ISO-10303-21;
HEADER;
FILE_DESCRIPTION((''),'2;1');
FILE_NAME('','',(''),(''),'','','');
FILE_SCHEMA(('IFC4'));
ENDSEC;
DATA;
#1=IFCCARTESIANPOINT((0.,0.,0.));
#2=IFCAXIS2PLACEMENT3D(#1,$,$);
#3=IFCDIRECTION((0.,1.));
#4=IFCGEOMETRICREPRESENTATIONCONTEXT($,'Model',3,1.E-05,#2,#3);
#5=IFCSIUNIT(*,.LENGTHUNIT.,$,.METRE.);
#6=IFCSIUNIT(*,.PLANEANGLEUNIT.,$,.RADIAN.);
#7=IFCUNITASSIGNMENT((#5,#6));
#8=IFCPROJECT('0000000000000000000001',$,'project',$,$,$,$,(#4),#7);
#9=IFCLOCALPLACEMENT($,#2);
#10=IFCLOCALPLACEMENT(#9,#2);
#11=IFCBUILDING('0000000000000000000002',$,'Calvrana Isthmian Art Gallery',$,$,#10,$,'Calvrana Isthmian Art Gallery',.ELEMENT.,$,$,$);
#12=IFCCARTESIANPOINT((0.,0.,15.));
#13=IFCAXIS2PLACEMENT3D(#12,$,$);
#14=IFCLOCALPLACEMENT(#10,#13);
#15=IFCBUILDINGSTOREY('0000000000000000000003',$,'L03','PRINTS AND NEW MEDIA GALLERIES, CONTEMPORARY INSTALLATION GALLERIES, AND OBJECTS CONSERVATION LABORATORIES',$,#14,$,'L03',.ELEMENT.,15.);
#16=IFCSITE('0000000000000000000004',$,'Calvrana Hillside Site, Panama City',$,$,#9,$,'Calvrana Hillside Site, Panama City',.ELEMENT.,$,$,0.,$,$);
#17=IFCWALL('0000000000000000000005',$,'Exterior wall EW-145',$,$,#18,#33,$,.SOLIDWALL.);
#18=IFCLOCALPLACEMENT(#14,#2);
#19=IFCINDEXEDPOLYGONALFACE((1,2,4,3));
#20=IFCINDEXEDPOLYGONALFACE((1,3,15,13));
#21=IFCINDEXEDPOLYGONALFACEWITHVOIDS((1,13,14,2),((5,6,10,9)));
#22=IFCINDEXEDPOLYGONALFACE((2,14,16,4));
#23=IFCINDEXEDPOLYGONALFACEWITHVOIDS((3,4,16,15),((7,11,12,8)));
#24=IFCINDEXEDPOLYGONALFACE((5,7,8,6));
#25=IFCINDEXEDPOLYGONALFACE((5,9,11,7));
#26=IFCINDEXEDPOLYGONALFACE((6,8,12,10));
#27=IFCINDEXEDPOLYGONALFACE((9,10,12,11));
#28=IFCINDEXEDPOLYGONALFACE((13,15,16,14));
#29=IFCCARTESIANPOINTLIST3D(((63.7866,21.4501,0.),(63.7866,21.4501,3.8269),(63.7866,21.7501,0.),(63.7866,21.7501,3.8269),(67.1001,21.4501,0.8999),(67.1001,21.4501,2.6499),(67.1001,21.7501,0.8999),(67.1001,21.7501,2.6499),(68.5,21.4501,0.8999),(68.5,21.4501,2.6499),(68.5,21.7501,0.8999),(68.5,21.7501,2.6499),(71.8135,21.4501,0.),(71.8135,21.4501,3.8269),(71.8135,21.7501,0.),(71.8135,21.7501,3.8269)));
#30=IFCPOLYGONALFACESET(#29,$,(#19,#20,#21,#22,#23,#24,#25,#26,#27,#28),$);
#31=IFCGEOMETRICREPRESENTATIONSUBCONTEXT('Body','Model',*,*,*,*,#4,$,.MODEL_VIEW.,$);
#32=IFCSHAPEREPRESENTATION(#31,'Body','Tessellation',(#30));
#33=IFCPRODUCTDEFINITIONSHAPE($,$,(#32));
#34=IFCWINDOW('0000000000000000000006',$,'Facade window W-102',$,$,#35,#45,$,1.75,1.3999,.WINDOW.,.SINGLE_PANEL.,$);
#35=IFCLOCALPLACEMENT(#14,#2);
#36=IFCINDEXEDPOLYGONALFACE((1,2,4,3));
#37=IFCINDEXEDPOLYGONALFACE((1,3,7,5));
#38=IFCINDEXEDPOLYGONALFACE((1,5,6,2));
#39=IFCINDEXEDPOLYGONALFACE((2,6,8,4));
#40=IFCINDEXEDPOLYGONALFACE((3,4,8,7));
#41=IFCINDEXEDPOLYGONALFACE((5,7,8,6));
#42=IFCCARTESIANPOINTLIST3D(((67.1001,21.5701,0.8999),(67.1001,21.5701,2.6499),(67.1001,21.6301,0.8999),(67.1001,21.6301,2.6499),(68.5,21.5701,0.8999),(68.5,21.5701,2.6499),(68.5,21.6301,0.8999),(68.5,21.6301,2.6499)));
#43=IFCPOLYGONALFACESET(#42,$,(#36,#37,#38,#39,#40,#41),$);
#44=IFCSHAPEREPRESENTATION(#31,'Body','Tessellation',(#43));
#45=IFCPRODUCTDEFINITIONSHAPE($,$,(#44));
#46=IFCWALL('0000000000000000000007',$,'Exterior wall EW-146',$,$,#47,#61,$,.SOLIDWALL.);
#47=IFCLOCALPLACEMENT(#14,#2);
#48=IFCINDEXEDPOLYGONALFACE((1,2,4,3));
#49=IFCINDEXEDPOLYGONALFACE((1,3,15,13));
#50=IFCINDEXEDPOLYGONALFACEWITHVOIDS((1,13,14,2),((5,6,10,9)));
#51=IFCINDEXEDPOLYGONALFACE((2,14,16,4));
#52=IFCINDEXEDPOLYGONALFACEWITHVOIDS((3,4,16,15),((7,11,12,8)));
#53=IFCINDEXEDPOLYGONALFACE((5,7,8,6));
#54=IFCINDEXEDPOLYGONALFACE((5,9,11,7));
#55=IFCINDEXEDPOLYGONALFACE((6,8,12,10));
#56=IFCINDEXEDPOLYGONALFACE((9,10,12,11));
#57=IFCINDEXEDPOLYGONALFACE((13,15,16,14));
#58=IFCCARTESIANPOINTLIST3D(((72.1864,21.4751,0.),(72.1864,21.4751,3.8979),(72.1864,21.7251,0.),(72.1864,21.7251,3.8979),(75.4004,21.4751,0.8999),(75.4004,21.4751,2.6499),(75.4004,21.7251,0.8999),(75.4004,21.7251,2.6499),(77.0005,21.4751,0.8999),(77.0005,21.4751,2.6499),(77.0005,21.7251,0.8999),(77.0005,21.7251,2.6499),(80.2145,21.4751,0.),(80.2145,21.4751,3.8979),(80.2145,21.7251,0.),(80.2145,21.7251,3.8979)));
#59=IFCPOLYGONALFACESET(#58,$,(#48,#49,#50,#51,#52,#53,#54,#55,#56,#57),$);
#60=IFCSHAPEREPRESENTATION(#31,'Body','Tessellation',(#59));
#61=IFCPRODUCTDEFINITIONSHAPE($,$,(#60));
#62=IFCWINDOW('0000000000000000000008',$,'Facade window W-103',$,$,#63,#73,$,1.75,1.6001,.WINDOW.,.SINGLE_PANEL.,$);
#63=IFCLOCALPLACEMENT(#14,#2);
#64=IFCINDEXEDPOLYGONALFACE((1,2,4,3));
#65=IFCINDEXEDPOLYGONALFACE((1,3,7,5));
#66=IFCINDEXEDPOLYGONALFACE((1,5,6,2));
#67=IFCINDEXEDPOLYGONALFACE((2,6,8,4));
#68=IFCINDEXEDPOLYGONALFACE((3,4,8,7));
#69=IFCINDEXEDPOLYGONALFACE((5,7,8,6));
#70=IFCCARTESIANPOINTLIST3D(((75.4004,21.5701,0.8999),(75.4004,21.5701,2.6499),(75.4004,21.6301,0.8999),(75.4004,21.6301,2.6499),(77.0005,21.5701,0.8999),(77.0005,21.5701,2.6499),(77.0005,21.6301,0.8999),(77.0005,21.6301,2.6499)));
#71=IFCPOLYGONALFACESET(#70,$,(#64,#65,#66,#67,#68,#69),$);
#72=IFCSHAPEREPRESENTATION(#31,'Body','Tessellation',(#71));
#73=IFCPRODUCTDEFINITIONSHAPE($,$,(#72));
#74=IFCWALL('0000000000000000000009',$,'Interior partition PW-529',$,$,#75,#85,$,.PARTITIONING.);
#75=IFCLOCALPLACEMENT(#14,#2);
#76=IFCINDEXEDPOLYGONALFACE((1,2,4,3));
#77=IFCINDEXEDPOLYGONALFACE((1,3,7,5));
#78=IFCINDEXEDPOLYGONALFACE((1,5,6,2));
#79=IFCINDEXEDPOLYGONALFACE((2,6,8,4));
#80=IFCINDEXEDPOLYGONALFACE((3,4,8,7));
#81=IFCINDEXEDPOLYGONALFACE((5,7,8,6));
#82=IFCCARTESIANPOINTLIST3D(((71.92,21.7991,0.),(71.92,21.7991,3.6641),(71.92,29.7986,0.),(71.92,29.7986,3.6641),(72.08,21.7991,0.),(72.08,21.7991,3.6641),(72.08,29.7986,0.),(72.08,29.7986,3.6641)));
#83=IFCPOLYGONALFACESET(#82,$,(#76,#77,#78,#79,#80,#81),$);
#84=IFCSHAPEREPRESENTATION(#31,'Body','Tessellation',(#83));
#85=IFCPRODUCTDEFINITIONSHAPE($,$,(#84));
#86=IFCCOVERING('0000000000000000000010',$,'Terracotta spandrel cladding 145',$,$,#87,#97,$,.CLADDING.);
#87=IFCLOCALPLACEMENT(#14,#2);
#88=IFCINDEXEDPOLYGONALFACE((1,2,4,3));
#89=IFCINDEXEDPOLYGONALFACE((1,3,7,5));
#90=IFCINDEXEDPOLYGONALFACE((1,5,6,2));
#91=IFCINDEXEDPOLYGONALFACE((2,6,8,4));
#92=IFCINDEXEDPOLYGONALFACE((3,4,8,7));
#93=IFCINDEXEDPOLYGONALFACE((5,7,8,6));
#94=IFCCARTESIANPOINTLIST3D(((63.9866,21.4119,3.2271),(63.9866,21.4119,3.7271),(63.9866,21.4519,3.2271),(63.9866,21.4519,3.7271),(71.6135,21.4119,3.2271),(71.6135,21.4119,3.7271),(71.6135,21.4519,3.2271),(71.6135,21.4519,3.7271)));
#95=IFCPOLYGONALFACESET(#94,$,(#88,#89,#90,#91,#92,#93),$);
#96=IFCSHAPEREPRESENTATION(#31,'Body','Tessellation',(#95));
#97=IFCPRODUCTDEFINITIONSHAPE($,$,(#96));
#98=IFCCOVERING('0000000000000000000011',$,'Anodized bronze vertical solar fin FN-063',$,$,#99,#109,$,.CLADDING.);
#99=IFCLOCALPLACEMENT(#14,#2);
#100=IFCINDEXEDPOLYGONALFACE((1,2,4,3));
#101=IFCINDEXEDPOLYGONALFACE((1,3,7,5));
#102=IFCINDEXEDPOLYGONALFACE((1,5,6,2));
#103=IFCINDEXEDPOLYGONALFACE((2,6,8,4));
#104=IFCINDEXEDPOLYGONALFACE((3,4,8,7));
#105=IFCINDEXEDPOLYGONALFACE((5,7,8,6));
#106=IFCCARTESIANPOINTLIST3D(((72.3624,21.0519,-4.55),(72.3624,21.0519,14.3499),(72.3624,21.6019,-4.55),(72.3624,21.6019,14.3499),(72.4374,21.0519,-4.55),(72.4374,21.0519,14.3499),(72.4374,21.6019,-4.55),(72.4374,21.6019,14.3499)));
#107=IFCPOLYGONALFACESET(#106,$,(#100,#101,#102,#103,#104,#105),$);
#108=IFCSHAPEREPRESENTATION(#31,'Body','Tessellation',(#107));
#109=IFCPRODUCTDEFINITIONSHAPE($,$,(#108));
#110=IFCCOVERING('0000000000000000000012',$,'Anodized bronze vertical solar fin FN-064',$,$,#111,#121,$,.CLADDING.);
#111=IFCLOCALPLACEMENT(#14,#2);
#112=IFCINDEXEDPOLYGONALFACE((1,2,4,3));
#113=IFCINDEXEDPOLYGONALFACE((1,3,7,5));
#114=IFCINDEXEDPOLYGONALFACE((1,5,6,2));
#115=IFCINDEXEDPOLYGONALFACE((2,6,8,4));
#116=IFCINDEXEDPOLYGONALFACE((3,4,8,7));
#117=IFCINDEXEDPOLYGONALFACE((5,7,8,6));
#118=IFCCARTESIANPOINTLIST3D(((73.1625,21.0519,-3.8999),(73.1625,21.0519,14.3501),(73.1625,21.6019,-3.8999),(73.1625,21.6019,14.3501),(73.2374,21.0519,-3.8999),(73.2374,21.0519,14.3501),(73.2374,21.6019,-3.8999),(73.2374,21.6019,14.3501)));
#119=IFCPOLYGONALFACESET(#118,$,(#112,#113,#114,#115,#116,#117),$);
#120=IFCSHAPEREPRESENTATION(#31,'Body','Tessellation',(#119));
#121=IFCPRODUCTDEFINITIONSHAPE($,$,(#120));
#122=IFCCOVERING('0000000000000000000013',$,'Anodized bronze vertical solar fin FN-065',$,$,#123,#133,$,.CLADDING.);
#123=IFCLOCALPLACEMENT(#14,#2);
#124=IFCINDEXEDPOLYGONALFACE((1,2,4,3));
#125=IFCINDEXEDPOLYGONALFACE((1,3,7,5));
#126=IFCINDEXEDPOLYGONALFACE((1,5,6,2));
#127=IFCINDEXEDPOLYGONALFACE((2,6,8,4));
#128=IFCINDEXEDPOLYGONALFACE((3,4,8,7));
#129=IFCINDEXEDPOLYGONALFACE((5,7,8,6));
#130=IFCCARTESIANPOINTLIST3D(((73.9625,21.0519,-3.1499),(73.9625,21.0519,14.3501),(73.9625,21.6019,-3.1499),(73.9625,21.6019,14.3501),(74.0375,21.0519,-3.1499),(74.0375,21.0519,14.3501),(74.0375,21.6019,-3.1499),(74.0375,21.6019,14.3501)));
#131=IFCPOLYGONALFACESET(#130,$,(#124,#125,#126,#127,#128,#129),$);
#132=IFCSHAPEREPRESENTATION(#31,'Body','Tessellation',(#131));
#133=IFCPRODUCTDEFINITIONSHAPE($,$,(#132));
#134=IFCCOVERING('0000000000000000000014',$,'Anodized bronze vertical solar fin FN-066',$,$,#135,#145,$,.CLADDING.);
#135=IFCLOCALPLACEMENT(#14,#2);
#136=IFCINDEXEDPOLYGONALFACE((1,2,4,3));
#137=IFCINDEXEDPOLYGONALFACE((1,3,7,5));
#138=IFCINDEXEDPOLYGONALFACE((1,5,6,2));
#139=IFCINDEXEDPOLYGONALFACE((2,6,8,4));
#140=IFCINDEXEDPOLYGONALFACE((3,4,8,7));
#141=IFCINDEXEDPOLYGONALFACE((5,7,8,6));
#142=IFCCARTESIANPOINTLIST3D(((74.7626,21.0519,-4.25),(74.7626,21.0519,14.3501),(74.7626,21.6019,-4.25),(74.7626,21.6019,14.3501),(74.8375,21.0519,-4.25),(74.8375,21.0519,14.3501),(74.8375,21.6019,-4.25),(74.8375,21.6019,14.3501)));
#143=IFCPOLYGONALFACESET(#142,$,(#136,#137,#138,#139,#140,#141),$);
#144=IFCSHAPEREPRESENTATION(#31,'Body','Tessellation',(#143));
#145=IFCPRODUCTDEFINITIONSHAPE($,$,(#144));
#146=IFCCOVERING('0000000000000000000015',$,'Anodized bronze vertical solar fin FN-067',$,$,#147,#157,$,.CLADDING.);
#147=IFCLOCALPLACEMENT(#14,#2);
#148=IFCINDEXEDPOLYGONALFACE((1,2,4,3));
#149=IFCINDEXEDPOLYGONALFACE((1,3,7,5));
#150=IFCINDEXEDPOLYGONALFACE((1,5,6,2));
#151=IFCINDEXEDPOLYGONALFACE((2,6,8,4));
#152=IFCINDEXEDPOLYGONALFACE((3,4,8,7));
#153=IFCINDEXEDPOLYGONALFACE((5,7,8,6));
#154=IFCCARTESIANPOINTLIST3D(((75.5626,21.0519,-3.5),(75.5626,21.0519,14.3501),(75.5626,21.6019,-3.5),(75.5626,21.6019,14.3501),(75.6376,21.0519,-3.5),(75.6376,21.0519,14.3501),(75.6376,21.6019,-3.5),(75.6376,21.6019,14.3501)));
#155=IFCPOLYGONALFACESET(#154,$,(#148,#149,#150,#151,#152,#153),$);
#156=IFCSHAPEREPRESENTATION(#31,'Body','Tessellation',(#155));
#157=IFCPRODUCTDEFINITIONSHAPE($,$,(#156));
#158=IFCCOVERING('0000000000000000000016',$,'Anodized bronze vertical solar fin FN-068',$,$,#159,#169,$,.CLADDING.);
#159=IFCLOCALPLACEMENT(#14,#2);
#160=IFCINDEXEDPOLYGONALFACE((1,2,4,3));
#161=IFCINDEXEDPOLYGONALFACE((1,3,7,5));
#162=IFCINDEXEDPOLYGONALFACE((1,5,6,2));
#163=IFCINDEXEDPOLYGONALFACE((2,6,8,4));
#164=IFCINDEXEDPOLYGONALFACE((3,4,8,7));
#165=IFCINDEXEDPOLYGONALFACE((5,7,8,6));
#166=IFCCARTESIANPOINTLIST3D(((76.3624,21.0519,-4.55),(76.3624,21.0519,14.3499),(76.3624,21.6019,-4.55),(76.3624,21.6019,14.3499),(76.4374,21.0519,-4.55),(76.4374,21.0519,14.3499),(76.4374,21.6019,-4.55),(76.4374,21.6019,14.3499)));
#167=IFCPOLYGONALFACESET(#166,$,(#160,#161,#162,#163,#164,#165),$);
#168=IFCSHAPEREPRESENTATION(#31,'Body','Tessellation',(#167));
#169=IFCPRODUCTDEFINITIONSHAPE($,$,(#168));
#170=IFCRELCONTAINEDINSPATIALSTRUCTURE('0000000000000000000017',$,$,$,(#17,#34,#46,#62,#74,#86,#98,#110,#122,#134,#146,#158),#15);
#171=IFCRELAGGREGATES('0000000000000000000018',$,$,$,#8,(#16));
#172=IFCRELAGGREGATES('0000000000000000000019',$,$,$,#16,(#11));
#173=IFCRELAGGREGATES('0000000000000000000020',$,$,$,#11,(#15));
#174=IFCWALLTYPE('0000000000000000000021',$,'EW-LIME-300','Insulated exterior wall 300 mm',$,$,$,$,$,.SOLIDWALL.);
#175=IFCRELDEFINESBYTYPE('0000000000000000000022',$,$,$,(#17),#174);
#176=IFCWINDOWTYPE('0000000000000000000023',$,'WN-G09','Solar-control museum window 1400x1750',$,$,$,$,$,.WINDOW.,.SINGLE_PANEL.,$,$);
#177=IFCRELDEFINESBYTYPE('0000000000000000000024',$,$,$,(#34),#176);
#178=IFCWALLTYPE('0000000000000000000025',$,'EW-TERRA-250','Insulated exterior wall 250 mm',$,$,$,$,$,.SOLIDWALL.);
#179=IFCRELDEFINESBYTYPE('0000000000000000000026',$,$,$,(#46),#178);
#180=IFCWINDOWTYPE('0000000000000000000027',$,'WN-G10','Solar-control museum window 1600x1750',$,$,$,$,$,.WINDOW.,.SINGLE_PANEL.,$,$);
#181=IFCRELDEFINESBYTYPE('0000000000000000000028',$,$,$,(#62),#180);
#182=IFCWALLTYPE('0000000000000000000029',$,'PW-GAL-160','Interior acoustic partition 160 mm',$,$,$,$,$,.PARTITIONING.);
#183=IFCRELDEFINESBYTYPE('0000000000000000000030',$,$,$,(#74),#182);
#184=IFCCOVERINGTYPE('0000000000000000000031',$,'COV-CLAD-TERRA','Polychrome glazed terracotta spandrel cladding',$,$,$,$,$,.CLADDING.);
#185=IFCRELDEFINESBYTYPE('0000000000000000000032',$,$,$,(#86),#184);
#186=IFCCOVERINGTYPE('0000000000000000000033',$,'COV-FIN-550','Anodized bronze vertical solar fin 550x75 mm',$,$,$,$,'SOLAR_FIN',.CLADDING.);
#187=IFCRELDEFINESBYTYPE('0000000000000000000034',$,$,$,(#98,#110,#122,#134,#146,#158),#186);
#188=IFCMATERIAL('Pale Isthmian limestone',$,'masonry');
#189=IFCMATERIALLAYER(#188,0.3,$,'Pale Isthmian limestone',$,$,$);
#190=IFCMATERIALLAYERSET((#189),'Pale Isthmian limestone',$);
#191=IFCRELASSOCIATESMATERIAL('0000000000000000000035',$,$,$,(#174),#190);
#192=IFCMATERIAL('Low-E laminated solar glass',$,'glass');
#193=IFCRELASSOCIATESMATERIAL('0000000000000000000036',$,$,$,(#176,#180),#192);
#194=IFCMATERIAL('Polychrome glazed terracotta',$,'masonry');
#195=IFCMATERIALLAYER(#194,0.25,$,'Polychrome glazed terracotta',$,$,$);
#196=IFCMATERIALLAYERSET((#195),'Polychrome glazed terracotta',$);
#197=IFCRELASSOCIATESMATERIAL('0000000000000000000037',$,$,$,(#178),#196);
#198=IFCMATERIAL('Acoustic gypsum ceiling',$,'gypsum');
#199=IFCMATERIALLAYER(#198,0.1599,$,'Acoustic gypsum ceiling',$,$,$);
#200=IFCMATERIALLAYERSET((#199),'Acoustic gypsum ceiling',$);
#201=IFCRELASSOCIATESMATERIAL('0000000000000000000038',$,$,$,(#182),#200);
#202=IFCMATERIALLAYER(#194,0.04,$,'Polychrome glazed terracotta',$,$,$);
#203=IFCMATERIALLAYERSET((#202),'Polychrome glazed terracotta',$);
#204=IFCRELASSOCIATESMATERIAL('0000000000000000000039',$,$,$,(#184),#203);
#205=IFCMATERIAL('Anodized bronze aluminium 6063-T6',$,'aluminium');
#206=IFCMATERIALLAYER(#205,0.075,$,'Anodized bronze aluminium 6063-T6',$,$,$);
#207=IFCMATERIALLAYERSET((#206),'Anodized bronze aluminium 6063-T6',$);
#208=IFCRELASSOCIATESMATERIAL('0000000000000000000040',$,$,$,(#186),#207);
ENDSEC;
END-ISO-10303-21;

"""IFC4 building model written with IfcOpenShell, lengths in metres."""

from ifc_helpers import new_model, si_unit, direction, frame, frame_2d, origin, origin_2d, place, context, subcontext, project, spatial, rectangle, extrude, material, layer, layer_set, type_object, element, fill, save


model = new_model("IFC4")

# Units and contexts
model_context = context("Model", 3, precision=1e-05, world=origin(), true_north=direction((0.0, 1.0)))
body_context = subcontext(model_context, "Body", "Model", "MODEL_VIEW")
ifc_project = project(units=[si_unit("LENGTHUNIT", "METRE"), si_unit("PLANEANGLEUNIT", "RADIAN")], contexts=[model_context])

# Site, building, storey
site_placement = place(None, origin())
site = spatial("IfcSite", under=ifc_project, at=site_placement, Name="Calvrana Hillside Site, Panama City", LongName="Calvrana Hillside Site, Panama City", CompositionType="ELEMENT", RefElevation=0.0)
building_placement = place(site_placement, origin())
building = spatial("IfcBuilding", under=site, at=building_placement, Name="Calvrana Isthmian Art Gallery", LongName="Calvrana Isthmian Art Gallery", CompositionType="ELEMENT")
storey_placement = place(building_placement, frame((0.0, 0.0, 15.0)))
storey = spatial("IfcBuildingStorey", under=building, at=storey_placement, Name="L03", Description="PRINTS AND NEW MEDIA GALLERIES, CONTEMPORARY INSTALLATION GALLERIES, AND OBJECTS CONSERVATION LABORATORIES", LongName="L03", CompositionType="ELEMENT", Elevation=15.0)

# Walls, openings, windows
ifc_material_1 = material(Name="Pale Isthmian limestone", Category="masonry")
ifc_layer_1 = layer(ifc_material_1, 0.3, Name="Pale Isthmian limestone")
ifc_layer_set_1 = layer_set([ifc_layer_1], Name="Pale Isthmian limestone")
wall_type_1 = type_object("IfcWallType", Name="EW-LIME-300", Description="Insulated exterior wall 300 mm", PredefinedType="SOLIDWALL", material=ifc_layer_set_1)
wall_1_placement = place(storey_placement, frame((71.8135, 21.6001, 0.0), z_axis=(0.0, 0.0, 1.0), x_axis=(-1.0, 0.0, 0.0)))
wall_1 = element("IfcWall", 1, at=wall_1_placement, inside=storey, type_object=wall_type_1, Name="Exterior wall EW-145", PredefinedType="SOLIDWALL", context=body_context, shape_type="SweptSolid", body=[
    extrude(rectangle(XDim=8.0269, YDim=0.3, at=frame_2d((4.0134, 0.0))), origin(), (0.0, 0.0, 1.0), 3.8269),
])
opening_1_placement = place(wall_1_placement, frame((3.3135, 0.0, 0.8999)))
opening_1 = element("IfcOpeningElement", 2, at=opening_1_placement, cuts=wall_1, PredefinedType="OPENING", context=body_context, shape_type="SweptSolid", body=[
    extrude(rectangle(XDim=1.3999, YDim=1.75, at=frame_2d((0.7, 0.875))), frame((0.0, 0.1602, 0.0), z_axis=(0.0, -1.0, 0.0), x_axis=(1.0, 0.0, 0.0)), (0.0, 0.0, 1.0), 0.3206),
])
ifc_material_2 = material(Name="Low-E laminated solar glass", Category="glass")
window_type_1 = type_object("IfcWindowType", Name="WN-G09", Description="Solar-control museum window 1400x1750", PartitioningType="SINGLE_PANEL", PredefinedType="WINDOW", material=ifc_material_2)
window_1_placement = place(opening_1_placement, origin())
window_1 = element("IfcWindow", 3, at=window_1_placement, inside=storey, type_object=window_type_1, Name="Facade window W-102", OverallHeight=1.75, OverallWidth=1.3999, PartitioningType="SINGLE_PANEL", PredefinedType="WINDOW", context=body_context, shape_type="SweptSolid", body=[
    extrude(rectangle(XDim=1.3999, YDim=1.75, at=frame_2d((0.7, 0.875))), frame((0.0, 0.03, 0.0), z_axis=(0.0, -1.0, 0.0), x_axis=(1.0, 0.0, 0.0)), (0.0, 0.0, 1.0), 0.0601),
])
fill(opening_1, window_1)
ifc_material_3 = material(Name="Polychrome glazed terracotta", Category="masonry")
ifc_layer_2 = layer(ifc_material_3, 0.25, Name="Polychrome glazed terracotta")
ifc_layer_set_2 = layer_set([ifc_layer_2], Name="Polychrome glazed terracotta")
wall_type_2 = type_object("IfcWallType", Name="EW-TERRA-250", Description="Insulated exterior wall 250 mm", PredefinedType="SOLIDWALL", material=ifc_layer_set_2)
wall_2_placement = place(storey_placement, frame((80.2146, 21.6001, 0.0), z_axis=(0.0, 0.0, 1.0), x_axis=(-1.0, 0.0, 0.0)))
wall_2 = element("IfcWall", 4, at=wall_2_placement, inside=storey, type_object=wall_type_2, Name="Exterior wall EW-146", PredefinedType="SOLIDWALL", context=body_context, shape_type="SweptSolid", body=[
    extrude(rectangle(XDim=8.0281, YDim=0.25, at=frame_2d((4.0142, 0.0))), origin(), (0.0, 0.0, 1.0), 3.8979),
])
opening_2_placement = place(wall_2_placement, frame((3.2141, 0.0, 0.8999)))
opening_2 = element("IfcOpeningElement", 5, at=opening_2_placement, cuts=wall_2, PredefinedType="OPENING", context=body_context, shape_type="SweptSolid", body=[
    extrude(rectangle(XDim=1.6001, YDim=1.75, at=frame_2d((0.8, 0.875))), frame((0.0, 0.1353, 0.0), z_axis=(0.0, -1.0, 0.0), x_axis=(1.0, 0.0, 0.0)), (0.0, 0.0, 1.0), 0.2705),
])
window_type_2 = type_object("IfcWindowType", Name="WN-G10", Description="Solar-control museum window 1600x1750", PartitioningType="SINGLE_PANEL", PredefinedType="WINDOW", material=ifc_material_2)
window_2_placement = place(opening_2_placement, origin())
window_2 = element("IfcWindow", 6, at=window_2_placement, inside=storey, type_object=window_type_2, Name="Facade window W-103", OverallHeight=1.75, OverallWidth=1.6001, PartitioningType="SINGLE_PANEL", PredefinedType="WINDOW", context=body_context, shape_type="SweptSolid", body=[
    extrude(rectangle(XDim=1.6001, YDim=1.75, at=frame_2d((0.8, 0.875))), frame((0.0, 0.03, 0.0), z_axis=(0.0, -1.0, 0.0), x_axis=(1.0, 0.0, 0.0)), (0.0, 0.0, 1.0), 0.0601),
])
fill(opening_2, window_2)

# Wall
ifc_material_4 = material(Name="Acoustic gypsum ceiling", Category="gypsum")
ifc_layer_3 = layer(ifc_material_4, 0.1599, Name="Acoustic gypsum ceiling")
ifc_layer_set_3 = layer_set([ifc_layer_3], Name="Acoustic gypsum ceiling")
wall_type_3 = type_object("IfcWallType", Name="PW-GAL-160", Description="Interior acoustic partition 160 mm", PredefinedType="PARTITIONING", material=ifc_layer_set_3)
wall_3_placement = place(storey_placement, frame((72.0, 21.7991, 0.0), z_axis=(0.0, 0.0, 1.0), x_axis=(0.0, 1.0, 0.0)))
element("IfcWall", 7, at=wall_3_placement, inside=storey, type_object=wall_type_3, Name="Interior partition PW-529", PredefinedType="PARTITIONING", context=body_context, shape_type="SweptSolid", body=[
    extrude(rectangle(XDim=7.9995, YDim=0.1599, at=frame_2d((3.9998, 0.0))), origin(), (0.0, 0.0, 1.0), 3.6641),
])

# Coverings
ifc_layer_4 = layer(ifc_material_3, 0.04, Name="Polychrome glazed terracotta")
ifc_layer_set_4 = layer_set([ifc_layer_4], Name="Polychrome glazed terracotta")
covering_type_1 = type_object("IfcCoveringType", Name="COV-CLAD-TERRA", Description="Polychrome glazed terracotta spandrel cladding", PredefinedType="CLADDING", material=ifc_layer_set_4)
covering_1_placement = place(storey_placement, frame((67.8, 21.4319, 3.2271), z_axis=(0.0, 0.0, 1.0), x_axis=(-1.0, 0.0, 0.0)))
element("IfcCovering", 8, at=covering_1_placement, inside=storey, type_object=covering_type_1, Name="Terracotta spandrel cladding 145", PredefinedType="CLADDING", context=body_context, shape_type="SweptSolid", body=[
    extrude(rectangle(XDim=7.627, YDim=0.04, at=origin_2d()), origin(), (0.0, 0.0, 1.0), 0.5),
])
ifc_material_5 = material(Name="Anodized bronze aluminium 6063-T6", Category="aluminium")
ifc_layer_5 = layer(ifc_material_5, 0.075, Name="Anodized bronze aluminium 6063-T6")
ifc_layer_set_5 = layer_set([ifc_layer_5], Name="Anodized bronze aluminium 6063-T6")
covering_type_2 = type_object("IfcCoveringType", Name="COV-FIN-550", Description="Anodized bronze vertical solar fin 550x75 mm", ElementType="SOLAR_FIN", PredefinedType="CLADDING", material=ifc_layer_set_5)
covering_2_placement = place(storey_placement, frame((72.3999, 21.3269, -4.55), z_axis=(0.0, 0.0, 1.0), x_axis=(1.0, 0.0, 0.0)))
element("IfcCovering", 9, at=covering_2_placement, inside=storey, type_object=covering_type_2, Name="Anodized bronze vertical solar fin FN-063", PredefinedType="CLADDING", context=body_context, shape_type="SweptSolid", body=[
    extrude(rectangle(XDim=0.075, YDim=0.55, at=origin_2d()), origin(), (0.0, 0.0, 1.0), 18.8999),
])
covering_3_placement = place(storey_placement, frame((73.2, 21.3269, -3.8999), z_axis=(0.0, 0.0, 1.0), x_axis=(1.0, 0.0, 0.0)))
element("IfcCovering", 10, at=covering_3_placement, inside=storey, type_object=covering_type_2, Name="Anodized bronze vertical solar fin FN-064", PredefinedType="CLADDING", context=body_context, shape_type="SweptSolid", body=[
    extrude(rectangle(XDim=0.075, YDim=0.55, at=origin_2d()), origin(), (0.0, 0.0, 1.0), 18.25),
])
covering_4_placement = place(storey_placement, frame((74.0, 21.3269, -3.1499), z_axis=(0.0, 0.0, 1.0), x_axis=(1.0, 0.0, 0.0)))
element("IfcCovering", 11, at=covering_4_placement, inside=storey, type_object=covering_type_2, Name="Anodized bronze vertical solar fin FN-065", PredefinedType="CLADDING", context=body_context, shape_type="SweptSolid", body=[
    extrude(rectangle(XDim=0.075, YDim=0.55, at=origin_2d()), origin(), (0.0, 0.0, 1.0), 17.5),
])
covering_5_placement = place(storey_placement, frame((74.8, 21.3269, -4.25), z_axis=(0.0, 0.0, 1.0), x_axis=(1.0, 0.0, 0.0)))
element("IfcCovering", 12, at=covering_5_placement, inside=storey, type_object=covering_type_2, Name="Anodized bronze vertical solar fin FN-066", PredefinedType="CLADDING", context=body_context, shape_type="SweptSolid", body=[
    extrude(rectangle(XDim=0.075, YDim=0.55, at=origin_2d()), origin(), (0.0, 0.0, 1.0), 18.6001),
])
covering_6_placement = place(storey_placement, frame((75.6001, 21.3269, -3.5), z_axis=(0.0, 0.0, 1.0), x_axis=(1.0, 0.0, 0.0)))
element("IfcCovering", 13, at=covering_6_placement, inside=storey, type_object=covering_type_2, Name="Anodized bronze vertical solar fin FN-067", PredefinedType="CLADDING", context=body_context, shape_type="SweptSolid", body=[
    extrude(rectangle(XDim=0.075, YDim=0.55, at=origin_2d()), origin(), (0.0, 0.0, 1.0), 17.8501),
])
covering_7_placement = place(storey_placement, frame((76.3999, 21.3269, -4.55), z_axis=(0.0, 0.0, 1.0), x_axis=(1.0, 0.0, 0.0)))
element("IfcCovering", 14, at=covering_7_placement, inside=storey, type_object=covering_type_2, Name="Anodized bronze vertical solar fin FN-068", PredefinedType="CLADDING", context=body_context, shape_type="SweptSolid", body=[
    extrude(rectangle(XDim=0.075, YDim=0.55, at=origin_2d()), origin(), (0.0, 0.0, 1.0), 18.8999),
])

save(model, "model.ifc")
